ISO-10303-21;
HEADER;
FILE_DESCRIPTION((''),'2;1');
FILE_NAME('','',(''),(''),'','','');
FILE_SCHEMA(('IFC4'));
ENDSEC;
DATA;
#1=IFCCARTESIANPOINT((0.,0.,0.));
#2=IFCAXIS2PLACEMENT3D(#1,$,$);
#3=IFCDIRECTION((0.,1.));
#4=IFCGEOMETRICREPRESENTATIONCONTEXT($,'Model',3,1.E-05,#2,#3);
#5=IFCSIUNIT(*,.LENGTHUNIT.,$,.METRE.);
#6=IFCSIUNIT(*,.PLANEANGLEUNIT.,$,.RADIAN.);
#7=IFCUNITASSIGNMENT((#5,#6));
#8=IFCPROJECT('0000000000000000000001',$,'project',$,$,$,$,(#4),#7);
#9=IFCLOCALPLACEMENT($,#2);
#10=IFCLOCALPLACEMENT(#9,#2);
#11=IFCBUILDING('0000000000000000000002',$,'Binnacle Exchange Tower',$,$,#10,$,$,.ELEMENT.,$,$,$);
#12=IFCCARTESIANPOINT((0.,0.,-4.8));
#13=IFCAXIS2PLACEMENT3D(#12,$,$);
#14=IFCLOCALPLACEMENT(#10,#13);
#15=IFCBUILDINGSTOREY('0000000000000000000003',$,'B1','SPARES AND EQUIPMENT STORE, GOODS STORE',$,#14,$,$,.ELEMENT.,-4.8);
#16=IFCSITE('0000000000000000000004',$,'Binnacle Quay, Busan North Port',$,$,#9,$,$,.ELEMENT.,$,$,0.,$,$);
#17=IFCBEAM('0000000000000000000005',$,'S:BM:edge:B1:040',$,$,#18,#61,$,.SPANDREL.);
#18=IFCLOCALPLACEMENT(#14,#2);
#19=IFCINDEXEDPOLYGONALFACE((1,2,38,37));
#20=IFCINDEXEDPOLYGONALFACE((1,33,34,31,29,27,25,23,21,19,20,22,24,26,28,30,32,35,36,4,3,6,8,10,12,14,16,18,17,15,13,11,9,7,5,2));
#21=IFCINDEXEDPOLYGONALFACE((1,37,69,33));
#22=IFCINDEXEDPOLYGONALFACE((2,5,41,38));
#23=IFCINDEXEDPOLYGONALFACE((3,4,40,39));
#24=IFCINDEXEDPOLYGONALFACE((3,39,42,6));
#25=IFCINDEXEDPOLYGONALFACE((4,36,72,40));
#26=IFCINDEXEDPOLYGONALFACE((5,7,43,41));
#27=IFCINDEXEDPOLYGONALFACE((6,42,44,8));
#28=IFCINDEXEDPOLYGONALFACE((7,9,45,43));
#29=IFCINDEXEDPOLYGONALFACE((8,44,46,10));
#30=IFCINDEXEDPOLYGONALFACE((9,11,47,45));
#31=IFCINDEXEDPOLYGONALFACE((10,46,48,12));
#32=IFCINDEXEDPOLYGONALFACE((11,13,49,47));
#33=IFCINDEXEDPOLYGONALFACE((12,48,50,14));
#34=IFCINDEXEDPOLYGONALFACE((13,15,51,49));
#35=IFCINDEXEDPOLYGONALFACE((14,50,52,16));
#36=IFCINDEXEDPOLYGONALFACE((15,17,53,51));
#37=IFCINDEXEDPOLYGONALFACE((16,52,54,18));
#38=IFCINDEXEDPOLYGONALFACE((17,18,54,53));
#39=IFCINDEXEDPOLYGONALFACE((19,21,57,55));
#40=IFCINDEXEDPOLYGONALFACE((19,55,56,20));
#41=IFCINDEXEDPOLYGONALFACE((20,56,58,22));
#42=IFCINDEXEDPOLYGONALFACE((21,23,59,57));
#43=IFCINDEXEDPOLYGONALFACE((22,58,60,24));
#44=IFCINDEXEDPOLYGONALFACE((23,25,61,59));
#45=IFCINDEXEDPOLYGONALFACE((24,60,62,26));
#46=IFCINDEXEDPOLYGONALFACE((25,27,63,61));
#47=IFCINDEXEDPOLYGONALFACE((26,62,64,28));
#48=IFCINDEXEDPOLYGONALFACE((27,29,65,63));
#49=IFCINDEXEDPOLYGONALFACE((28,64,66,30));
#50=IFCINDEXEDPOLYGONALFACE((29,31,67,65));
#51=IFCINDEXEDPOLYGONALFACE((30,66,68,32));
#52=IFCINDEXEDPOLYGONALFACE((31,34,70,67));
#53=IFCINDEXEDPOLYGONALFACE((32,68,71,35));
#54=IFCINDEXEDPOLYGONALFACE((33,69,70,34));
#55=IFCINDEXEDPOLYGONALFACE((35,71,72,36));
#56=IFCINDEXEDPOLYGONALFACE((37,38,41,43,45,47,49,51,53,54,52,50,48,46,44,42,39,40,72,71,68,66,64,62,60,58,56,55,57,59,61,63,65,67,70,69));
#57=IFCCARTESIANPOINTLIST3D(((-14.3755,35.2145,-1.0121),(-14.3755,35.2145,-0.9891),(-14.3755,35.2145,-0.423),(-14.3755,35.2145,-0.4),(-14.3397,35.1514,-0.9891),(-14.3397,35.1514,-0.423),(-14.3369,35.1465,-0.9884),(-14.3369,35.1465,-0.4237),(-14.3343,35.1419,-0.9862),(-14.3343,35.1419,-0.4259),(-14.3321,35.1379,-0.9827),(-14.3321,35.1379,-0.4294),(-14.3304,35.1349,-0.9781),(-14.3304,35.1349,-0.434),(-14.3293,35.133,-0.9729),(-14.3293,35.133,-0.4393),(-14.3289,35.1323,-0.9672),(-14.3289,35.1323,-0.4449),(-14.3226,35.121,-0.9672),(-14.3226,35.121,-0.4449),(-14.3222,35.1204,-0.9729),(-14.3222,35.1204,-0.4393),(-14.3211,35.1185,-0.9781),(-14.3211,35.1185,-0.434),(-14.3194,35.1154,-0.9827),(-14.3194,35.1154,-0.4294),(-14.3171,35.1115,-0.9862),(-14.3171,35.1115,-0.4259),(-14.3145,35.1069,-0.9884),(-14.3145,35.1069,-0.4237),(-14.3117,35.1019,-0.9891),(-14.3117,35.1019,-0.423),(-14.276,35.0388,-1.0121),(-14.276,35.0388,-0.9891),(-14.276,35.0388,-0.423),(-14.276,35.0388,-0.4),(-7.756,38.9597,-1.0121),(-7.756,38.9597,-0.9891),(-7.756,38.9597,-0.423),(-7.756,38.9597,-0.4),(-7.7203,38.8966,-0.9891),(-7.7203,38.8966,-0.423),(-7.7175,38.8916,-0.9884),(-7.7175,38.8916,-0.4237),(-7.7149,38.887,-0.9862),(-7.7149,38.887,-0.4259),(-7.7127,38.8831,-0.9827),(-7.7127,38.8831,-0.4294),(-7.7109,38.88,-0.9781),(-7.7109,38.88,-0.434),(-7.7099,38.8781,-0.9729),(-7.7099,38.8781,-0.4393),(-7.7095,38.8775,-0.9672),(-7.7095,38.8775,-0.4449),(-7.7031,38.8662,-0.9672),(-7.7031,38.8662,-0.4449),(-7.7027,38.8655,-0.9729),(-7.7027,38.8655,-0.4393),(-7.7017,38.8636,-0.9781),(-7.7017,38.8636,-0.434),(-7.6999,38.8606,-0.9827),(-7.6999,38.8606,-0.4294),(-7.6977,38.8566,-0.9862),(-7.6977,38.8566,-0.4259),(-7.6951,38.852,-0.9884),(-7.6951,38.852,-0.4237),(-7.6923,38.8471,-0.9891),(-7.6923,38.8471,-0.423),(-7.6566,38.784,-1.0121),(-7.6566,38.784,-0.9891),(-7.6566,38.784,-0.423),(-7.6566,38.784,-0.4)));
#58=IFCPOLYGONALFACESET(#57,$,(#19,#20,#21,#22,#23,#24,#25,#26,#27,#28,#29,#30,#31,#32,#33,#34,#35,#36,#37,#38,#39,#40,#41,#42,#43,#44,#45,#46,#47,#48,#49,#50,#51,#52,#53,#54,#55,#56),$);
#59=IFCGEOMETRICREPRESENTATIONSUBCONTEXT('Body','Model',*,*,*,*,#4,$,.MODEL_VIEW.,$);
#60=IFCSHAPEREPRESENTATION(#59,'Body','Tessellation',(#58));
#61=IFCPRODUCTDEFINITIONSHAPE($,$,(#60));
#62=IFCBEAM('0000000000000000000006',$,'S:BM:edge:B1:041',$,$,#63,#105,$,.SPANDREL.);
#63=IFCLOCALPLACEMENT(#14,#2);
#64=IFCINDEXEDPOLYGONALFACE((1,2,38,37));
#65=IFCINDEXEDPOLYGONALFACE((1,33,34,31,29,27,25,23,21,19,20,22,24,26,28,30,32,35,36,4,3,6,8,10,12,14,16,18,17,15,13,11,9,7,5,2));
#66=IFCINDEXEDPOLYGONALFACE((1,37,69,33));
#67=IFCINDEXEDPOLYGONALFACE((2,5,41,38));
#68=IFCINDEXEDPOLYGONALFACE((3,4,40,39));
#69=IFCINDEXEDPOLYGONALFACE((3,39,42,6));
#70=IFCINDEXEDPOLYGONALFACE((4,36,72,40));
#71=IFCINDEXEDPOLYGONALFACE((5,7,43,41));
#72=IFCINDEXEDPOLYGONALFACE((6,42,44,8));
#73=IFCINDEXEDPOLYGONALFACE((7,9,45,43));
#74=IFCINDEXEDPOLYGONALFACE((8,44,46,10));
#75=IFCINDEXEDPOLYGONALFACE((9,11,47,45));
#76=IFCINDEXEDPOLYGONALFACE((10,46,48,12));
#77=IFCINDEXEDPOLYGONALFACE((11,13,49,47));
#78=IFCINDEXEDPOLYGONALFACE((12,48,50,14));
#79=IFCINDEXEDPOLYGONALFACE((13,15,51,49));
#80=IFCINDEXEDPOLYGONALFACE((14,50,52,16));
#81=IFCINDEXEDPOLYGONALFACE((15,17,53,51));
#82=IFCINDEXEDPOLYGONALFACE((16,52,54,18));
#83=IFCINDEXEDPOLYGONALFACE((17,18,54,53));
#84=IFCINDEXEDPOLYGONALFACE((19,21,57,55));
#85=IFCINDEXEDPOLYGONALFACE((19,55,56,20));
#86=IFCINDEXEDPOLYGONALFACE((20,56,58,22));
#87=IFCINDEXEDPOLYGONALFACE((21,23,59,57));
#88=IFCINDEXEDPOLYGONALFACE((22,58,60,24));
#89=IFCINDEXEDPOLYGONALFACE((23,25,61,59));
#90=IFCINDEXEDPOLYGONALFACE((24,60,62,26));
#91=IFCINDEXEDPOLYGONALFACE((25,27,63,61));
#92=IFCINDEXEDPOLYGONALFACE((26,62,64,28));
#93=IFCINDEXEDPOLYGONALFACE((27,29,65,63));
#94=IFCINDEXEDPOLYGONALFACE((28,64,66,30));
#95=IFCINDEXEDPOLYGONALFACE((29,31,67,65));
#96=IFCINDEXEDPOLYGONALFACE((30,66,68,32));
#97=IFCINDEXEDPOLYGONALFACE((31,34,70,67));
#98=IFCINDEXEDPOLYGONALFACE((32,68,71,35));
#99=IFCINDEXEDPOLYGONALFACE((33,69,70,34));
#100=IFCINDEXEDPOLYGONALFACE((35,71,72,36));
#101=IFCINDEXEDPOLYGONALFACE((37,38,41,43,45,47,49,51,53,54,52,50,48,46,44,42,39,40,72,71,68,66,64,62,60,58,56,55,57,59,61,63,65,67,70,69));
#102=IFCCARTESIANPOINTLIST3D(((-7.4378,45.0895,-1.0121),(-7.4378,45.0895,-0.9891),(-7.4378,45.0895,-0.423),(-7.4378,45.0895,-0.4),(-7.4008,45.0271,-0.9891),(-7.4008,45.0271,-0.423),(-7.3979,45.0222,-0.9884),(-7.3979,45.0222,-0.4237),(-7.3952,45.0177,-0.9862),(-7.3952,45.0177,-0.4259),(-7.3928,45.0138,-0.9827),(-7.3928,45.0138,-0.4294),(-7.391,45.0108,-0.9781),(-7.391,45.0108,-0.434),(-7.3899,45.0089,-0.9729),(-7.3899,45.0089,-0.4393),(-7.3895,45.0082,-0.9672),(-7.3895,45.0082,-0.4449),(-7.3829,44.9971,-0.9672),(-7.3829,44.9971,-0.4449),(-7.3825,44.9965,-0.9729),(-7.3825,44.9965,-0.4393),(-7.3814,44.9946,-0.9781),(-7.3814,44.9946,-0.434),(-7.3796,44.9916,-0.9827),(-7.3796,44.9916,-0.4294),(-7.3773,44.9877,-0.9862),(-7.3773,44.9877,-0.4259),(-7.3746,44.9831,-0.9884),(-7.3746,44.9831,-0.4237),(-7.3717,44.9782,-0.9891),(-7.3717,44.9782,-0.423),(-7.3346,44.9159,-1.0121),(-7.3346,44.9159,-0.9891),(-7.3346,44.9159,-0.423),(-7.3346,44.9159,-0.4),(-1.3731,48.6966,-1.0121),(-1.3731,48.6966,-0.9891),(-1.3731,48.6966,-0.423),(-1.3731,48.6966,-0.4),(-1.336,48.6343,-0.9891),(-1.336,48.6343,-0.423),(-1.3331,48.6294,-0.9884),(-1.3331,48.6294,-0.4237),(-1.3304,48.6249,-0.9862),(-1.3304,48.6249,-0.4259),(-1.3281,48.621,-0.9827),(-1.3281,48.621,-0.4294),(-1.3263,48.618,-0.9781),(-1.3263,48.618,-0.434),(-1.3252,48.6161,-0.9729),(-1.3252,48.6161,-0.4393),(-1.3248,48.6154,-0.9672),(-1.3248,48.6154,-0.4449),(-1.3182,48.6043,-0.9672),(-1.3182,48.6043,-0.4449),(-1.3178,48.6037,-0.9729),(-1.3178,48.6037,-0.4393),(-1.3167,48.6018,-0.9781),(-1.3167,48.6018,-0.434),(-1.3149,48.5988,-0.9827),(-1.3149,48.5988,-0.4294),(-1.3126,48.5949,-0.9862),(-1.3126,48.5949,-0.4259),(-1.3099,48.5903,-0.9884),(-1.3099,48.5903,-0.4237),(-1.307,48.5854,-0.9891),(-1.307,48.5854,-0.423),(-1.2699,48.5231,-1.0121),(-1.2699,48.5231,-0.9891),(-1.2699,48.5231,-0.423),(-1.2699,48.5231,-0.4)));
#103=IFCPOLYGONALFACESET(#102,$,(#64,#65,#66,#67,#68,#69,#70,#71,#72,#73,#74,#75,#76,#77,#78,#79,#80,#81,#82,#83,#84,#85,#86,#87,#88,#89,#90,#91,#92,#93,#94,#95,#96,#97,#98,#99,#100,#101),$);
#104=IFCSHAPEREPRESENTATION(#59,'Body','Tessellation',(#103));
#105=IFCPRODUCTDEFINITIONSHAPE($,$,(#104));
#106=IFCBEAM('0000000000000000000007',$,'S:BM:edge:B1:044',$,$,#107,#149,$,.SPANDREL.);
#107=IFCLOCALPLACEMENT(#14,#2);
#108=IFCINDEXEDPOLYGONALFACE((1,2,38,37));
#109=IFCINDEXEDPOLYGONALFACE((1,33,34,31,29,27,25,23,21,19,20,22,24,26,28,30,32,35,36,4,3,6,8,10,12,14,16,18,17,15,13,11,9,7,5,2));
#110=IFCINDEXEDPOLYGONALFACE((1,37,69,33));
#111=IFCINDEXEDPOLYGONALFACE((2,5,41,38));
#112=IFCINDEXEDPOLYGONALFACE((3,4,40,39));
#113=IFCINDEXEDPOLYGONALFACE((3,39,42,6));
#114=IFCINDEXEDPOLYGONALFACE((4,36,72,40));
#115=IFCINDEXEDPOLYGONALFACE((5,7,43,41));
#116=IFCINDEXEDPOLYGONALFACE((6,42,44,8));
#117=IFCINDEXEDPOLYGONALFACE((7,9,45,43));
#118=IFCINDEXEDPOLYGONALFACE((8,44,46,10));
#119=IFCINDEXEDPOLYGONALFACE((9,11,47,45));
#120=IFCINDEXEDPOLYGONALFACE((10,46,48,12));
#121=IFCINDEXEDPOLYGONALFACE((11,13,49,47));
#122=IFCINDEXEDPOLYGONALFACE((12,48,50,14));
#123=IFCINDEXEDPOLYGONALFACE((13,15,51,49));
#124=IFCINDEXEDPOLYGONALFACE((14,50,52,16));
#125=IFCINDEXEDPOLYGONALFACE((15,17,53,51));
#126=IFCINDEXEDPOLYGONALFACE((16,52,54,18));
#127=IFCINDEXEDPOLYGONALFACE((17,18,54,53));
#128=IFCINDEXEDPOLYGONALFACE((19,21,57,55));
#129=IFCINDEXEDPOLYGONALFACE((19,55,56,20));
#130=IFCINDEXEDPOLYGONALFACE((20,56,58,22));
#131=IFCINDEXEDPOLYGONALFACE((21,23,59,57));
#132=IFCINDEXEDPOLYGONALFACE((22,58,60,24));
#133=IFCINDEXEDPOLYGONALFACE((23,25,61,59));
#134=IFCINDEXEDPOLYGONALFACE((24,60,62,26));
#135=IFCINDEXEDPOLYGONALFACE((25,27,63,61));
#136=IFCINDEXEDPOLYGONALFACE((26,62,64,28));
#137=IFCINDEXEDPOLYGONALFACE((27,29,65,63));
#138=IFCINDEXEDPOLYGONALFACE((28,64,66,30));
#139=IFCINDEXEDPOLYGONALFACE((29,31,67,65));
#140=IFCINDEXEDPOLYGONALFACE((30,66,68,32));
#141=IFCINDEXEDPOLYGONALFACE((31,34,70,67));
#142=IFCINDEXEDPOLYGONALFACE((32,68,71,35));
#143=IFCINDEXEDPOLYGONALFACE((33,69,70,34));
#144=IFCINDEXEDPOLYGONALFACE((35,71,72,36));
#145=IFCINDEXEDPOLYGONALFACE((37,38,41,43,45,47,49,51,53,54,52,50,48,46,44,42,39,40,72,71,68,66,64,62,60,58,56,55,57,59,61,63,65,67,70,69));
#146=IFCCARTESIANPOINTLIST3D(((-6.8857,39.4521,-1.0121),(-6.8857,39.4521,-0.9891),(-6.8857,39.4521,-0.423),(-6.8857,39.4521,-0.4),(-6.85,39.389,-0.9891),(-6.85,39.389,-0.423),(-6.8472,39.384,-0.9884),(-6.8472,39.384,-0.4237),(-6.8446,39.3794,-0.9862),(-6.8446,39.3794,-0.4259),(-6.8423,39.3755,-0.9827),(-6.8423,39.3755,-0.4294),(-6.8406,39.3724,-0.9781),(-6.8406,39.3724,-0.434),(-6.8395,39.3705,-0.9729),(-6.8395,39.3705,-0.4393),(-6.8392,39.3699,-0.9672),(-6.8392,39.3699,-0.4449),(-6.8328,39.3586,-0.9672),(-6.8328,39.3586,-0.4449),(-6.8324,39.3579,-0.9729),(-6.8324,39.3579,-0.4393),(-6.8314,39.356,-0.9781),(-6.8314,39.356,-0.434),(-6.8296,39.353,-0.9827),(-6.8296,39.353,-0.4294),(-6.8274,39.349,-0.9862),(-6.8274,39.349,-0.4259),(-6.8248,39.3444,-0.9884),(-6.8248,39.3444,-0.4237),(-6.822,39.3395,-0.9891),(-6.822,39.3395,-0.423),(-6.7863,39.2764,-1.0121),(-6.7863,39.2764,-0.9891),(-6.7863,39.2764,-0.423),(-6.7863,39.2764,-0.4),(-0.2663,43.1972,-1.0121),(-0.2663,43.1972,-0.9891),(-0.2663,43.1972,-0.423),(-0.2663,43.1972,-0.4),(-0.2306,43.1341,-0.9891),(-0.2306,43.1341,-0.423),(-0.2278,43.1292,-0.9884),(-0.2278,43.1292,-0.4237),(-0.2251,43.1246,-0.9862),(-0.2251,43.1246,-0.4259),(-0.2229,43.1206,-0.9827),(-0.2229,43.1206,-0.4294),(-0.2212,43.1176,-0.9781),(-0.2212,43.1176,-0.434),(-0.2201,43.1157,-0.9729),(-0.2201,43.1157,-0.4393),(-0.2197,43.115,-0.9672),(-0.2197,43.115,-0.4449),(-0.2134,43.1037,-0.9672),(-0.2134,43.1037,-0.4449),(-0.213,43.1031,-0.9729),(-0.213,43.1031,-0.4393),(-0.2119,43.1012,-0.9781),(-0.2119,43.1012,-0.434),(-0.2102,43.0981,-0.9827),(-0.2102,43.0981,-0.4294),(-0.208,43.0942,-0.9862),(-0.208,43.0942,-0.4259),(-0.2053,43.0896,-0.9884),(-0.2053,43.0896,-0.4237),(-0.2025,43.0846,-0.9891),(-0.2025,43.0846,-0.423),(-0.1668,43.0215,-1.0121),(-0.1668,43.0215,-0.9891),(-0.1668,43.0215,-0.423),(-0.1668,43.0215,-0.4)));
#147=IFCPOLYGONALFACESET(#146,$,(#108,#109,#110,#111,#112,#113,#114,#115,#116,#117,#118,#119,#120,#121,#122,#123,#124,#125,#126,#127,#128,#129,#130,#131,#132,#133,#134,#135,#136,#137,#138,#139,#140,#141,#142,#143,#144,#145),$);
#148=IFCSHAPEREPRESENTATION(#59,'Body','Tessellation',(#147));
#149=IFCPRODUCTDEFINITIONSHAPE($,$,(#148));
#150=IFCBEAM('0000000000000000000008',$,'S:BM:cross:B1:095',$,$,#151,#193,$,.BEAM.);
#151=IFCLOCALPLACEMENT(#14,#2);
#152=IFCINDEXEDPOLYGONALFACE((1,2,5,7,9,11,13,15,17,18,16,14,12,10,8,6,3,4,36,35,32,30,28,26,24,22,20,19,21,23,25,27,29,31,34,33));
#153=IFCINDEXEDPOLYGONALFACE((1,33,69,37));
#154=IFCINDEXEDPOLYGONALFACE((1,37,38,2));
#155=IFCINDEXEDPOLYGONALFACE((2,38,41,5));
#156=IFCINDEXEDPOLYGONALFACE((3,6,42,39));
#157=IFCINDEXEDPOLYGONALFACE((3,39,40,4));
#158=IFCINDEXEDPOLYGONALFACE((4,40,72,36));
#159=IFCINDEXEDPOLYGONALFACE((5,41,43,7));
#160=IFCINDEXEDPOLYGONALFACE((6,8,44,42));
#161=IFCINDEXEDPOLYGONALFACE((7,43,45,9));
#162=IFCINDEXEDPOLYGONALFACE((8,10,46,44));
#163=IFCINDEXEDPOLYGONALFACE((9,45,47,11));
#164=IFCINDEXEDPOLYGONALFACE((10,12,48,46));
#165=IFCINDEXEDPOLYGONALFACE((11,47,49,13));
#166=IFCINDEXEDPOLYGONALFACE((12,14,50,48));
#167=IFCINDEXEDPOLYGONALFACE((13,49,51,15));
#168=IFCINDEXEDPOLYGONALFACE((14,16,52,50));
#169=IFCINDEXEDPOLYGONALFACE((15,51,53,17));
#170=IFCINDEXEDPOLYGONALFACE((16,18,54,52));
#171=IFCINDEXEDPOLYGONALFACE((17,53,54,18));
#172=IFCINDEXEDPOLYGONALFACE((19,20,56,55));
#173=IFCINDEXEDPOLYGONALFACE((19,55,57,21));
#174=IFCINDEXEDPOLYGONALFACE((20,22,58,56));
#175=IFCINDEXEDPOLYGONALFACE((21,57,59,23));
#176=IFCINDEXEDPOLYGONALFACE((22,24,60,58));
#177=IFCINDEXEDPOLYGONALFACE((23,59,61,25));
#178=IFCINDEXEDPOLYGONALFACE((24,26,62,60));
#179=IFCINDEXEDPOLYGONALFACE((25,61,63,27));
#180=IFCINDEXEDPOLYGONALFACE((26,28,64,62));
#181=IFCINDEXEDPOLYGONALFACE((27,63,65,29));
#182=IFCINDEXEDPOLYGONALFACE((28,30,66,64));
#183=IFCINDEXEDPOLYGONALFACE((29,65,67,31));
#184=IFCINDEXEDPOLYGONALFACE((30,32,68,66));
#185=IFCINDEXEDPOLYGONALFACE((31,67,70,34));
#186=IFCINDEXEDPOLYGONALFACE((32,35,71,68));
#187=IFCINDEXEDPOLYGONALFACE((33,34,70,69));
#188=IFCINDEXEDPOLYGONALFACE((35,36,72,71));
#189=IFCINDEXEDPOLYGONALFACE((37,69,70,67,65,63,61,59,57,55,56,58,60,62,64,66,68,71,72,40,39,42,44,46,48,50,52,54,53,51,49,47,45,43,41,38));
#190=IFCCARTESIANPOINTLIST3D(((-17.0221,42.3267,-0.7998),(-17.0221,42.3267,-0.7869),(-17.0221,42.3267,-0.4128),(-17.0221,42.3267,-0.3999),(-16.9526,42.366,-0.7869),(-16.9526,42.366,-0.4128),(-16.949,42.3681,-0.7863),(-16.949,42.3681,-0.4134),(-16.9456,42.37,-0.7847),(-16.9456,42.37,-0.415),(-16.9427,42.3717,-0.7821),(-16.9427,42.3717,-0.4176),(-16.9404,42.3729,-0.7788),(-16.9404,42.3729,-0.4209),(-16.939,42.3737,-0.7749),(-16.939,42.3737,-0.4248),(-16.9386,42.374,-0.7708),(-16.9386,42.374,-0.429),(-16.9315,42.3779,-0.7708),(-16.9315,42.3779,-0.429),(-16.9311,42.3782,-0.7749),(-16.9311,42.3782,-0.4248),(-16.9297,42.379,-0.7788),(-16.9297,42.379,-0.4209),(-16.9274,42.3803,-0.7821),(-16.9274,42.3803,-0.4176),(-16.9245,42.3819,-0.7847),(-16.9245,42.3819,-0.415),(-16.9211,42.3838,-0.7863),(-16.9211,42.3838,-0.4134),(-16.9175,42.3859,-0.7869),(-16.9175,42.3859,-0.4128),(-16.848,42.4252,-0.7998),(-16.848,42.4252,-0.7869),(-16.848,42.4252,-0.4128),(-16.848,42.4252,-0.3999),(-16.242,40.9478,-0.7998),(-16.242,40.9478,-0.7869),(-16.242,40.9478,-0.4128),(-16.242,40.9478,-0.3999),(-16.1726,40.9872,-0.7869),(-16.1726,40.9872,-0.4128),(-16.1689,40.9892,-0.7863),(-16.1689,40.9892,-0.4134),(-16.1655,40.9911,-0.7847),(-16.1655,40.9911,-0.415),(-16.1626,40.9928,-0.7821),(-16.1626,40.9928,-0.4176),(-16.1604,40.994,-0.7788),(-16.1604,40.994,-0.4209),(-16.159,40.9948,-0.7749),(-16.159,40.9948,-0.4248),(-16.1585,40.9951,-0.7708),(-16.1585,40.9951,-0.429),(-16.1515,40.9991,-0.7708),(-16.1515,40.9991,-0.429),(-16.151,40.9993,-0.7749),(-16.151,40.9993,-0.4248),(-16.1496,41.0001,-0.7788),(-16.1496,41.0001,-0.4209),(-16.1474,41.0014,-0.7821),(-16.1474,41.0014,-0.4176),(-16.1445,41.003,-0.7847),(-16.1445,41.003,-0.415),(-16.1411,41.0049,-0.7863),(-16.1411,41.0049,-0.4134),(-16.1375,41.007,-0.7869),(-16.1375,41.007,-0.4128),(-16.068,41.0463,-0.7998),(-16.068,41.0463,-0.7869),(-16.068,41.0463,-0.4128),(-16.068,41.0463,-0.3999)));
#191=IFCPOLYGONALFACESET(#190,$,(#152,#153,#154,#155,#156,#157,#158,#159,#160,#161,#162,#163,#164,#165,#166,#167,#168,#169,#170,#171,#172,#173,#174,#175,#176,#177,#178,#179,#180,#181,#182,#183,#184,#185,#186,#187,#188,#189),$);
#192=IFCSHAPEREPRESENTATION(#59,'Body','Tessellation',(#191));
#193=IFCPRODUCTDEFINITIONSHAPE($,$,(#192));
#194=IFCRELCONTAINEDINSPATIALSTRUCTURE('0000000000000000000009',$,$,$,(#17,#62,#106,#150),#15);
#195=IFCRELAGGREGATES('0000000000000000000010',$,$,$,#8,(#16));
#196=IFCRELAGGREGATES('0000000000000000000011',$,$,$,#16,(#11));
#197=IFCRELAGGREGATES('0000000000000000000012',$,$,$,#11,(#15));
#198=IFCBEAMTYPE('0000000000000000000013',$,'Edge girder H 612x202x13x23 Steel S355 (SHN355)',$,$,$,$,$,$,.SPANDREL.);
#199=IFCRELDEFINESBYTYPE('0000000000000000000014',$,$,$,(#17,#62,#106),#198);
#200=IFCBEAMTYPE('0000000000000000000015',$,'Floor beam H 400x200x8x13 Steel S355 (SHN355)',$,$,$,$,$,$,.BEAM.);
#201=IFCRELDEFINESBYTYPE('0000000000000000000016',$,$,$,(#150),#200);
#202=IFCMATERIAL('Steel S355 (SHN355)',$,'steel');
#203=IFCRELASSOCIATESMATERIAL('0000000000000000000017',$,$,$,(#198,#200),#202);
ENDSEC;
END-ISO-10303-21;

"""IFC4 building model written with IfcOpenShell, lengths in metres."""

from ifc_helpers import new_model, si_unit, direction, frame, origin, origin_2d, place, context, subcontext, project, spatial, i_section, extrude, material, material_profile, profile_set, type_object, element, save


model = new_model("IFC4")

# Units and contexts
model_context = context("Model", 3, precision=1e-05, world=origin(), true_north=direction((0.0, 1.0)))
body_context = subcontext(model_context, "Body", "Model", "MODEL_VIEW")
ifc_project = project(units=[si_unit("LENGTHUNIT", "METRE"), si_unit("PLANEANGLEUNIT", "RADIAN")], contexts=[model_context])

# Site, building, storey
site_placement = place(None, origin())
site = spatial("IfcSite", under=ifc_project, at=site_placement, Name="Binnacle Quay, Busan North Port", CompositionType="ELEMENT", RefElevation=0.0)
building_placement = place(site_placement, origin())
building = spatial("IfcBuilding", under=site, at=building_placement, Name="Binnacle Exchange Tower", CompositionType="ELEMENT")
storey_placement = place(building_placement, frame((0.0, 0.0, -4.8)))
storey = spatial("IfcBuildingStorey", under=building, at=storey_placement, Name="B1", Description="SPARES AND EQUIPMENT STORE, GOODS STORE", CompositionType="ELEMENT", Elevation=-4.8)

# Beams
ifc_material_1 = material(Name="Steel S355 (SHN355)", Category="steel")
ifc_material_profile_1 = material_profile(ifc_material_1, i_section(OverallWidth=0.2019, OverallDepth=0.6121, WebThickness=0.0129, FlangeThickness=0.0229, FilletRadius=0.022, at=origin_2d()), Name="H 612x202x13x23")
ifc_profile_set_1 = profile_set([ifc_material_profile_1], Name="Steel S355 (SHN355)")
beam_type_1 = type_object("IfcBeamType", Name="Edge girder H 612x202x13x23 Steel S355 (SHN355)", PredefinedType="SPANDREL", material=ifc_profile_set_1)
beam_1_placement = place(storey_placement, frame((-7.7063, 38.8718, -0.7061), z_axis=(-0.870353, -0.492428, 0.0), x_axis=(0.492428, -0.870353, 0.0)))
element("IfcBeam", 1, at=beam_1_placement, inside=storey, type_object=beam_type_1, Name="S:BM:edge:B1:040", PredefinedType="SPANDREL", context=body_context, shape_type="SweptSolid", body=[
    extrude(i_section(OverallWidth=0.2019, OverallDepth=0.6121, WebThickness=0.0129, FlangeThickness=0.0229, FilletRadius=0.022, at=origin_2d()), origin(), (0.0, 0.0, 1.0), 7.6055),
])
beam_2_placement = place(storey_placement, frame((-7.3862, 45.0027, -0.7061), z_axis=(0.859465, 0.511195, 0.0), x_axis=(-0.511195, 0.859465, 0.0)))
element("IfcBeam", 2, at=beam_2_placement, inside=storey, type_object=beam_type_1, Name="S:BM:edge:B1:041", PredefinedType="SPANDREL", context=body_context, shape_type="SweptSolid", body=[
    extrude(i_section(OverallWidth=0.2019, OverallDepth=0.6121, WebThickness=0.0129, FlangeThickness=0.0229, FilletRadius=0.022, at=origin_2d()), origin(), (0.0, 0.0, 1.0), 7.0564),
])
beam_3_placement = place(storey_placement, frame((-0.2166, 43.1094, -0.7061), z_axis=(-0.870353, -0.492428, 0.0), x_axis=(0.492428, -0.870353, 0.0)))
element("IfcBeam", 3, at=beam_3_placement, inside=storey, type_object=beam_type_1, Name="S:BM:edge:B1:044", PredefinedType="SPANDREL", context=body_context, shape_type="SweptSolid", body=[
    extrude(i_section(OverallWidth=0.2019, OverallDepth=0.6121, WebThickness=0.0129, FlangeThickness=0.0229, FilletRadius=0.022, at=origin_2d()), origin(), (0.0, 0.0, 1.0), 7.6055),
])
ifc_material_profile_2 = material_profile(ifc_material_1, i_section(OverallWidth=0.2, OverallDepth=0.3999, WebThickness=0.0081, FlangeThickness=0.0129, FilletRadius=0.0161, at=origin_2d()), Name="H 400x200x8x13")
ifc_profile_set_2 = profile_set([ifc_material_profile_2], Name="Steel S355 (SHN355)")
beam_type_2 = type_object("IfcBeamType", Name="Floor beam H 400x200x8x13 Steel S355 (SHN355)", PredefinedType="BEAM", material=ifc_profile_set_2)
beam_4_placement = place(storey_placement, frame((-16.155, 40.9971, -0.5999), z_axis=(-0.492367, 0.870388, 0.0), x_axis=(-0.870388, -0.492367, 0.0)))
element("IfcBeam", 4, at=beam_4_placement, inside=storey, type_object=beam_type_2, Name="S:BM:cross:B1:095", PredefinedType="BEAM", context=body_context, shape_type="SweptSolid", body=[
    extrude(i_section(OverallWidth=0.2, OverallDepth=0.3999, WebThickness=0.0081, FlangeThickness=0.0129, FilletRadius=0.0161, at=origin_2d()), origin(), (0.0, 0.0, 1.0), 1.5842),
])

save(model, "model.ifc")
